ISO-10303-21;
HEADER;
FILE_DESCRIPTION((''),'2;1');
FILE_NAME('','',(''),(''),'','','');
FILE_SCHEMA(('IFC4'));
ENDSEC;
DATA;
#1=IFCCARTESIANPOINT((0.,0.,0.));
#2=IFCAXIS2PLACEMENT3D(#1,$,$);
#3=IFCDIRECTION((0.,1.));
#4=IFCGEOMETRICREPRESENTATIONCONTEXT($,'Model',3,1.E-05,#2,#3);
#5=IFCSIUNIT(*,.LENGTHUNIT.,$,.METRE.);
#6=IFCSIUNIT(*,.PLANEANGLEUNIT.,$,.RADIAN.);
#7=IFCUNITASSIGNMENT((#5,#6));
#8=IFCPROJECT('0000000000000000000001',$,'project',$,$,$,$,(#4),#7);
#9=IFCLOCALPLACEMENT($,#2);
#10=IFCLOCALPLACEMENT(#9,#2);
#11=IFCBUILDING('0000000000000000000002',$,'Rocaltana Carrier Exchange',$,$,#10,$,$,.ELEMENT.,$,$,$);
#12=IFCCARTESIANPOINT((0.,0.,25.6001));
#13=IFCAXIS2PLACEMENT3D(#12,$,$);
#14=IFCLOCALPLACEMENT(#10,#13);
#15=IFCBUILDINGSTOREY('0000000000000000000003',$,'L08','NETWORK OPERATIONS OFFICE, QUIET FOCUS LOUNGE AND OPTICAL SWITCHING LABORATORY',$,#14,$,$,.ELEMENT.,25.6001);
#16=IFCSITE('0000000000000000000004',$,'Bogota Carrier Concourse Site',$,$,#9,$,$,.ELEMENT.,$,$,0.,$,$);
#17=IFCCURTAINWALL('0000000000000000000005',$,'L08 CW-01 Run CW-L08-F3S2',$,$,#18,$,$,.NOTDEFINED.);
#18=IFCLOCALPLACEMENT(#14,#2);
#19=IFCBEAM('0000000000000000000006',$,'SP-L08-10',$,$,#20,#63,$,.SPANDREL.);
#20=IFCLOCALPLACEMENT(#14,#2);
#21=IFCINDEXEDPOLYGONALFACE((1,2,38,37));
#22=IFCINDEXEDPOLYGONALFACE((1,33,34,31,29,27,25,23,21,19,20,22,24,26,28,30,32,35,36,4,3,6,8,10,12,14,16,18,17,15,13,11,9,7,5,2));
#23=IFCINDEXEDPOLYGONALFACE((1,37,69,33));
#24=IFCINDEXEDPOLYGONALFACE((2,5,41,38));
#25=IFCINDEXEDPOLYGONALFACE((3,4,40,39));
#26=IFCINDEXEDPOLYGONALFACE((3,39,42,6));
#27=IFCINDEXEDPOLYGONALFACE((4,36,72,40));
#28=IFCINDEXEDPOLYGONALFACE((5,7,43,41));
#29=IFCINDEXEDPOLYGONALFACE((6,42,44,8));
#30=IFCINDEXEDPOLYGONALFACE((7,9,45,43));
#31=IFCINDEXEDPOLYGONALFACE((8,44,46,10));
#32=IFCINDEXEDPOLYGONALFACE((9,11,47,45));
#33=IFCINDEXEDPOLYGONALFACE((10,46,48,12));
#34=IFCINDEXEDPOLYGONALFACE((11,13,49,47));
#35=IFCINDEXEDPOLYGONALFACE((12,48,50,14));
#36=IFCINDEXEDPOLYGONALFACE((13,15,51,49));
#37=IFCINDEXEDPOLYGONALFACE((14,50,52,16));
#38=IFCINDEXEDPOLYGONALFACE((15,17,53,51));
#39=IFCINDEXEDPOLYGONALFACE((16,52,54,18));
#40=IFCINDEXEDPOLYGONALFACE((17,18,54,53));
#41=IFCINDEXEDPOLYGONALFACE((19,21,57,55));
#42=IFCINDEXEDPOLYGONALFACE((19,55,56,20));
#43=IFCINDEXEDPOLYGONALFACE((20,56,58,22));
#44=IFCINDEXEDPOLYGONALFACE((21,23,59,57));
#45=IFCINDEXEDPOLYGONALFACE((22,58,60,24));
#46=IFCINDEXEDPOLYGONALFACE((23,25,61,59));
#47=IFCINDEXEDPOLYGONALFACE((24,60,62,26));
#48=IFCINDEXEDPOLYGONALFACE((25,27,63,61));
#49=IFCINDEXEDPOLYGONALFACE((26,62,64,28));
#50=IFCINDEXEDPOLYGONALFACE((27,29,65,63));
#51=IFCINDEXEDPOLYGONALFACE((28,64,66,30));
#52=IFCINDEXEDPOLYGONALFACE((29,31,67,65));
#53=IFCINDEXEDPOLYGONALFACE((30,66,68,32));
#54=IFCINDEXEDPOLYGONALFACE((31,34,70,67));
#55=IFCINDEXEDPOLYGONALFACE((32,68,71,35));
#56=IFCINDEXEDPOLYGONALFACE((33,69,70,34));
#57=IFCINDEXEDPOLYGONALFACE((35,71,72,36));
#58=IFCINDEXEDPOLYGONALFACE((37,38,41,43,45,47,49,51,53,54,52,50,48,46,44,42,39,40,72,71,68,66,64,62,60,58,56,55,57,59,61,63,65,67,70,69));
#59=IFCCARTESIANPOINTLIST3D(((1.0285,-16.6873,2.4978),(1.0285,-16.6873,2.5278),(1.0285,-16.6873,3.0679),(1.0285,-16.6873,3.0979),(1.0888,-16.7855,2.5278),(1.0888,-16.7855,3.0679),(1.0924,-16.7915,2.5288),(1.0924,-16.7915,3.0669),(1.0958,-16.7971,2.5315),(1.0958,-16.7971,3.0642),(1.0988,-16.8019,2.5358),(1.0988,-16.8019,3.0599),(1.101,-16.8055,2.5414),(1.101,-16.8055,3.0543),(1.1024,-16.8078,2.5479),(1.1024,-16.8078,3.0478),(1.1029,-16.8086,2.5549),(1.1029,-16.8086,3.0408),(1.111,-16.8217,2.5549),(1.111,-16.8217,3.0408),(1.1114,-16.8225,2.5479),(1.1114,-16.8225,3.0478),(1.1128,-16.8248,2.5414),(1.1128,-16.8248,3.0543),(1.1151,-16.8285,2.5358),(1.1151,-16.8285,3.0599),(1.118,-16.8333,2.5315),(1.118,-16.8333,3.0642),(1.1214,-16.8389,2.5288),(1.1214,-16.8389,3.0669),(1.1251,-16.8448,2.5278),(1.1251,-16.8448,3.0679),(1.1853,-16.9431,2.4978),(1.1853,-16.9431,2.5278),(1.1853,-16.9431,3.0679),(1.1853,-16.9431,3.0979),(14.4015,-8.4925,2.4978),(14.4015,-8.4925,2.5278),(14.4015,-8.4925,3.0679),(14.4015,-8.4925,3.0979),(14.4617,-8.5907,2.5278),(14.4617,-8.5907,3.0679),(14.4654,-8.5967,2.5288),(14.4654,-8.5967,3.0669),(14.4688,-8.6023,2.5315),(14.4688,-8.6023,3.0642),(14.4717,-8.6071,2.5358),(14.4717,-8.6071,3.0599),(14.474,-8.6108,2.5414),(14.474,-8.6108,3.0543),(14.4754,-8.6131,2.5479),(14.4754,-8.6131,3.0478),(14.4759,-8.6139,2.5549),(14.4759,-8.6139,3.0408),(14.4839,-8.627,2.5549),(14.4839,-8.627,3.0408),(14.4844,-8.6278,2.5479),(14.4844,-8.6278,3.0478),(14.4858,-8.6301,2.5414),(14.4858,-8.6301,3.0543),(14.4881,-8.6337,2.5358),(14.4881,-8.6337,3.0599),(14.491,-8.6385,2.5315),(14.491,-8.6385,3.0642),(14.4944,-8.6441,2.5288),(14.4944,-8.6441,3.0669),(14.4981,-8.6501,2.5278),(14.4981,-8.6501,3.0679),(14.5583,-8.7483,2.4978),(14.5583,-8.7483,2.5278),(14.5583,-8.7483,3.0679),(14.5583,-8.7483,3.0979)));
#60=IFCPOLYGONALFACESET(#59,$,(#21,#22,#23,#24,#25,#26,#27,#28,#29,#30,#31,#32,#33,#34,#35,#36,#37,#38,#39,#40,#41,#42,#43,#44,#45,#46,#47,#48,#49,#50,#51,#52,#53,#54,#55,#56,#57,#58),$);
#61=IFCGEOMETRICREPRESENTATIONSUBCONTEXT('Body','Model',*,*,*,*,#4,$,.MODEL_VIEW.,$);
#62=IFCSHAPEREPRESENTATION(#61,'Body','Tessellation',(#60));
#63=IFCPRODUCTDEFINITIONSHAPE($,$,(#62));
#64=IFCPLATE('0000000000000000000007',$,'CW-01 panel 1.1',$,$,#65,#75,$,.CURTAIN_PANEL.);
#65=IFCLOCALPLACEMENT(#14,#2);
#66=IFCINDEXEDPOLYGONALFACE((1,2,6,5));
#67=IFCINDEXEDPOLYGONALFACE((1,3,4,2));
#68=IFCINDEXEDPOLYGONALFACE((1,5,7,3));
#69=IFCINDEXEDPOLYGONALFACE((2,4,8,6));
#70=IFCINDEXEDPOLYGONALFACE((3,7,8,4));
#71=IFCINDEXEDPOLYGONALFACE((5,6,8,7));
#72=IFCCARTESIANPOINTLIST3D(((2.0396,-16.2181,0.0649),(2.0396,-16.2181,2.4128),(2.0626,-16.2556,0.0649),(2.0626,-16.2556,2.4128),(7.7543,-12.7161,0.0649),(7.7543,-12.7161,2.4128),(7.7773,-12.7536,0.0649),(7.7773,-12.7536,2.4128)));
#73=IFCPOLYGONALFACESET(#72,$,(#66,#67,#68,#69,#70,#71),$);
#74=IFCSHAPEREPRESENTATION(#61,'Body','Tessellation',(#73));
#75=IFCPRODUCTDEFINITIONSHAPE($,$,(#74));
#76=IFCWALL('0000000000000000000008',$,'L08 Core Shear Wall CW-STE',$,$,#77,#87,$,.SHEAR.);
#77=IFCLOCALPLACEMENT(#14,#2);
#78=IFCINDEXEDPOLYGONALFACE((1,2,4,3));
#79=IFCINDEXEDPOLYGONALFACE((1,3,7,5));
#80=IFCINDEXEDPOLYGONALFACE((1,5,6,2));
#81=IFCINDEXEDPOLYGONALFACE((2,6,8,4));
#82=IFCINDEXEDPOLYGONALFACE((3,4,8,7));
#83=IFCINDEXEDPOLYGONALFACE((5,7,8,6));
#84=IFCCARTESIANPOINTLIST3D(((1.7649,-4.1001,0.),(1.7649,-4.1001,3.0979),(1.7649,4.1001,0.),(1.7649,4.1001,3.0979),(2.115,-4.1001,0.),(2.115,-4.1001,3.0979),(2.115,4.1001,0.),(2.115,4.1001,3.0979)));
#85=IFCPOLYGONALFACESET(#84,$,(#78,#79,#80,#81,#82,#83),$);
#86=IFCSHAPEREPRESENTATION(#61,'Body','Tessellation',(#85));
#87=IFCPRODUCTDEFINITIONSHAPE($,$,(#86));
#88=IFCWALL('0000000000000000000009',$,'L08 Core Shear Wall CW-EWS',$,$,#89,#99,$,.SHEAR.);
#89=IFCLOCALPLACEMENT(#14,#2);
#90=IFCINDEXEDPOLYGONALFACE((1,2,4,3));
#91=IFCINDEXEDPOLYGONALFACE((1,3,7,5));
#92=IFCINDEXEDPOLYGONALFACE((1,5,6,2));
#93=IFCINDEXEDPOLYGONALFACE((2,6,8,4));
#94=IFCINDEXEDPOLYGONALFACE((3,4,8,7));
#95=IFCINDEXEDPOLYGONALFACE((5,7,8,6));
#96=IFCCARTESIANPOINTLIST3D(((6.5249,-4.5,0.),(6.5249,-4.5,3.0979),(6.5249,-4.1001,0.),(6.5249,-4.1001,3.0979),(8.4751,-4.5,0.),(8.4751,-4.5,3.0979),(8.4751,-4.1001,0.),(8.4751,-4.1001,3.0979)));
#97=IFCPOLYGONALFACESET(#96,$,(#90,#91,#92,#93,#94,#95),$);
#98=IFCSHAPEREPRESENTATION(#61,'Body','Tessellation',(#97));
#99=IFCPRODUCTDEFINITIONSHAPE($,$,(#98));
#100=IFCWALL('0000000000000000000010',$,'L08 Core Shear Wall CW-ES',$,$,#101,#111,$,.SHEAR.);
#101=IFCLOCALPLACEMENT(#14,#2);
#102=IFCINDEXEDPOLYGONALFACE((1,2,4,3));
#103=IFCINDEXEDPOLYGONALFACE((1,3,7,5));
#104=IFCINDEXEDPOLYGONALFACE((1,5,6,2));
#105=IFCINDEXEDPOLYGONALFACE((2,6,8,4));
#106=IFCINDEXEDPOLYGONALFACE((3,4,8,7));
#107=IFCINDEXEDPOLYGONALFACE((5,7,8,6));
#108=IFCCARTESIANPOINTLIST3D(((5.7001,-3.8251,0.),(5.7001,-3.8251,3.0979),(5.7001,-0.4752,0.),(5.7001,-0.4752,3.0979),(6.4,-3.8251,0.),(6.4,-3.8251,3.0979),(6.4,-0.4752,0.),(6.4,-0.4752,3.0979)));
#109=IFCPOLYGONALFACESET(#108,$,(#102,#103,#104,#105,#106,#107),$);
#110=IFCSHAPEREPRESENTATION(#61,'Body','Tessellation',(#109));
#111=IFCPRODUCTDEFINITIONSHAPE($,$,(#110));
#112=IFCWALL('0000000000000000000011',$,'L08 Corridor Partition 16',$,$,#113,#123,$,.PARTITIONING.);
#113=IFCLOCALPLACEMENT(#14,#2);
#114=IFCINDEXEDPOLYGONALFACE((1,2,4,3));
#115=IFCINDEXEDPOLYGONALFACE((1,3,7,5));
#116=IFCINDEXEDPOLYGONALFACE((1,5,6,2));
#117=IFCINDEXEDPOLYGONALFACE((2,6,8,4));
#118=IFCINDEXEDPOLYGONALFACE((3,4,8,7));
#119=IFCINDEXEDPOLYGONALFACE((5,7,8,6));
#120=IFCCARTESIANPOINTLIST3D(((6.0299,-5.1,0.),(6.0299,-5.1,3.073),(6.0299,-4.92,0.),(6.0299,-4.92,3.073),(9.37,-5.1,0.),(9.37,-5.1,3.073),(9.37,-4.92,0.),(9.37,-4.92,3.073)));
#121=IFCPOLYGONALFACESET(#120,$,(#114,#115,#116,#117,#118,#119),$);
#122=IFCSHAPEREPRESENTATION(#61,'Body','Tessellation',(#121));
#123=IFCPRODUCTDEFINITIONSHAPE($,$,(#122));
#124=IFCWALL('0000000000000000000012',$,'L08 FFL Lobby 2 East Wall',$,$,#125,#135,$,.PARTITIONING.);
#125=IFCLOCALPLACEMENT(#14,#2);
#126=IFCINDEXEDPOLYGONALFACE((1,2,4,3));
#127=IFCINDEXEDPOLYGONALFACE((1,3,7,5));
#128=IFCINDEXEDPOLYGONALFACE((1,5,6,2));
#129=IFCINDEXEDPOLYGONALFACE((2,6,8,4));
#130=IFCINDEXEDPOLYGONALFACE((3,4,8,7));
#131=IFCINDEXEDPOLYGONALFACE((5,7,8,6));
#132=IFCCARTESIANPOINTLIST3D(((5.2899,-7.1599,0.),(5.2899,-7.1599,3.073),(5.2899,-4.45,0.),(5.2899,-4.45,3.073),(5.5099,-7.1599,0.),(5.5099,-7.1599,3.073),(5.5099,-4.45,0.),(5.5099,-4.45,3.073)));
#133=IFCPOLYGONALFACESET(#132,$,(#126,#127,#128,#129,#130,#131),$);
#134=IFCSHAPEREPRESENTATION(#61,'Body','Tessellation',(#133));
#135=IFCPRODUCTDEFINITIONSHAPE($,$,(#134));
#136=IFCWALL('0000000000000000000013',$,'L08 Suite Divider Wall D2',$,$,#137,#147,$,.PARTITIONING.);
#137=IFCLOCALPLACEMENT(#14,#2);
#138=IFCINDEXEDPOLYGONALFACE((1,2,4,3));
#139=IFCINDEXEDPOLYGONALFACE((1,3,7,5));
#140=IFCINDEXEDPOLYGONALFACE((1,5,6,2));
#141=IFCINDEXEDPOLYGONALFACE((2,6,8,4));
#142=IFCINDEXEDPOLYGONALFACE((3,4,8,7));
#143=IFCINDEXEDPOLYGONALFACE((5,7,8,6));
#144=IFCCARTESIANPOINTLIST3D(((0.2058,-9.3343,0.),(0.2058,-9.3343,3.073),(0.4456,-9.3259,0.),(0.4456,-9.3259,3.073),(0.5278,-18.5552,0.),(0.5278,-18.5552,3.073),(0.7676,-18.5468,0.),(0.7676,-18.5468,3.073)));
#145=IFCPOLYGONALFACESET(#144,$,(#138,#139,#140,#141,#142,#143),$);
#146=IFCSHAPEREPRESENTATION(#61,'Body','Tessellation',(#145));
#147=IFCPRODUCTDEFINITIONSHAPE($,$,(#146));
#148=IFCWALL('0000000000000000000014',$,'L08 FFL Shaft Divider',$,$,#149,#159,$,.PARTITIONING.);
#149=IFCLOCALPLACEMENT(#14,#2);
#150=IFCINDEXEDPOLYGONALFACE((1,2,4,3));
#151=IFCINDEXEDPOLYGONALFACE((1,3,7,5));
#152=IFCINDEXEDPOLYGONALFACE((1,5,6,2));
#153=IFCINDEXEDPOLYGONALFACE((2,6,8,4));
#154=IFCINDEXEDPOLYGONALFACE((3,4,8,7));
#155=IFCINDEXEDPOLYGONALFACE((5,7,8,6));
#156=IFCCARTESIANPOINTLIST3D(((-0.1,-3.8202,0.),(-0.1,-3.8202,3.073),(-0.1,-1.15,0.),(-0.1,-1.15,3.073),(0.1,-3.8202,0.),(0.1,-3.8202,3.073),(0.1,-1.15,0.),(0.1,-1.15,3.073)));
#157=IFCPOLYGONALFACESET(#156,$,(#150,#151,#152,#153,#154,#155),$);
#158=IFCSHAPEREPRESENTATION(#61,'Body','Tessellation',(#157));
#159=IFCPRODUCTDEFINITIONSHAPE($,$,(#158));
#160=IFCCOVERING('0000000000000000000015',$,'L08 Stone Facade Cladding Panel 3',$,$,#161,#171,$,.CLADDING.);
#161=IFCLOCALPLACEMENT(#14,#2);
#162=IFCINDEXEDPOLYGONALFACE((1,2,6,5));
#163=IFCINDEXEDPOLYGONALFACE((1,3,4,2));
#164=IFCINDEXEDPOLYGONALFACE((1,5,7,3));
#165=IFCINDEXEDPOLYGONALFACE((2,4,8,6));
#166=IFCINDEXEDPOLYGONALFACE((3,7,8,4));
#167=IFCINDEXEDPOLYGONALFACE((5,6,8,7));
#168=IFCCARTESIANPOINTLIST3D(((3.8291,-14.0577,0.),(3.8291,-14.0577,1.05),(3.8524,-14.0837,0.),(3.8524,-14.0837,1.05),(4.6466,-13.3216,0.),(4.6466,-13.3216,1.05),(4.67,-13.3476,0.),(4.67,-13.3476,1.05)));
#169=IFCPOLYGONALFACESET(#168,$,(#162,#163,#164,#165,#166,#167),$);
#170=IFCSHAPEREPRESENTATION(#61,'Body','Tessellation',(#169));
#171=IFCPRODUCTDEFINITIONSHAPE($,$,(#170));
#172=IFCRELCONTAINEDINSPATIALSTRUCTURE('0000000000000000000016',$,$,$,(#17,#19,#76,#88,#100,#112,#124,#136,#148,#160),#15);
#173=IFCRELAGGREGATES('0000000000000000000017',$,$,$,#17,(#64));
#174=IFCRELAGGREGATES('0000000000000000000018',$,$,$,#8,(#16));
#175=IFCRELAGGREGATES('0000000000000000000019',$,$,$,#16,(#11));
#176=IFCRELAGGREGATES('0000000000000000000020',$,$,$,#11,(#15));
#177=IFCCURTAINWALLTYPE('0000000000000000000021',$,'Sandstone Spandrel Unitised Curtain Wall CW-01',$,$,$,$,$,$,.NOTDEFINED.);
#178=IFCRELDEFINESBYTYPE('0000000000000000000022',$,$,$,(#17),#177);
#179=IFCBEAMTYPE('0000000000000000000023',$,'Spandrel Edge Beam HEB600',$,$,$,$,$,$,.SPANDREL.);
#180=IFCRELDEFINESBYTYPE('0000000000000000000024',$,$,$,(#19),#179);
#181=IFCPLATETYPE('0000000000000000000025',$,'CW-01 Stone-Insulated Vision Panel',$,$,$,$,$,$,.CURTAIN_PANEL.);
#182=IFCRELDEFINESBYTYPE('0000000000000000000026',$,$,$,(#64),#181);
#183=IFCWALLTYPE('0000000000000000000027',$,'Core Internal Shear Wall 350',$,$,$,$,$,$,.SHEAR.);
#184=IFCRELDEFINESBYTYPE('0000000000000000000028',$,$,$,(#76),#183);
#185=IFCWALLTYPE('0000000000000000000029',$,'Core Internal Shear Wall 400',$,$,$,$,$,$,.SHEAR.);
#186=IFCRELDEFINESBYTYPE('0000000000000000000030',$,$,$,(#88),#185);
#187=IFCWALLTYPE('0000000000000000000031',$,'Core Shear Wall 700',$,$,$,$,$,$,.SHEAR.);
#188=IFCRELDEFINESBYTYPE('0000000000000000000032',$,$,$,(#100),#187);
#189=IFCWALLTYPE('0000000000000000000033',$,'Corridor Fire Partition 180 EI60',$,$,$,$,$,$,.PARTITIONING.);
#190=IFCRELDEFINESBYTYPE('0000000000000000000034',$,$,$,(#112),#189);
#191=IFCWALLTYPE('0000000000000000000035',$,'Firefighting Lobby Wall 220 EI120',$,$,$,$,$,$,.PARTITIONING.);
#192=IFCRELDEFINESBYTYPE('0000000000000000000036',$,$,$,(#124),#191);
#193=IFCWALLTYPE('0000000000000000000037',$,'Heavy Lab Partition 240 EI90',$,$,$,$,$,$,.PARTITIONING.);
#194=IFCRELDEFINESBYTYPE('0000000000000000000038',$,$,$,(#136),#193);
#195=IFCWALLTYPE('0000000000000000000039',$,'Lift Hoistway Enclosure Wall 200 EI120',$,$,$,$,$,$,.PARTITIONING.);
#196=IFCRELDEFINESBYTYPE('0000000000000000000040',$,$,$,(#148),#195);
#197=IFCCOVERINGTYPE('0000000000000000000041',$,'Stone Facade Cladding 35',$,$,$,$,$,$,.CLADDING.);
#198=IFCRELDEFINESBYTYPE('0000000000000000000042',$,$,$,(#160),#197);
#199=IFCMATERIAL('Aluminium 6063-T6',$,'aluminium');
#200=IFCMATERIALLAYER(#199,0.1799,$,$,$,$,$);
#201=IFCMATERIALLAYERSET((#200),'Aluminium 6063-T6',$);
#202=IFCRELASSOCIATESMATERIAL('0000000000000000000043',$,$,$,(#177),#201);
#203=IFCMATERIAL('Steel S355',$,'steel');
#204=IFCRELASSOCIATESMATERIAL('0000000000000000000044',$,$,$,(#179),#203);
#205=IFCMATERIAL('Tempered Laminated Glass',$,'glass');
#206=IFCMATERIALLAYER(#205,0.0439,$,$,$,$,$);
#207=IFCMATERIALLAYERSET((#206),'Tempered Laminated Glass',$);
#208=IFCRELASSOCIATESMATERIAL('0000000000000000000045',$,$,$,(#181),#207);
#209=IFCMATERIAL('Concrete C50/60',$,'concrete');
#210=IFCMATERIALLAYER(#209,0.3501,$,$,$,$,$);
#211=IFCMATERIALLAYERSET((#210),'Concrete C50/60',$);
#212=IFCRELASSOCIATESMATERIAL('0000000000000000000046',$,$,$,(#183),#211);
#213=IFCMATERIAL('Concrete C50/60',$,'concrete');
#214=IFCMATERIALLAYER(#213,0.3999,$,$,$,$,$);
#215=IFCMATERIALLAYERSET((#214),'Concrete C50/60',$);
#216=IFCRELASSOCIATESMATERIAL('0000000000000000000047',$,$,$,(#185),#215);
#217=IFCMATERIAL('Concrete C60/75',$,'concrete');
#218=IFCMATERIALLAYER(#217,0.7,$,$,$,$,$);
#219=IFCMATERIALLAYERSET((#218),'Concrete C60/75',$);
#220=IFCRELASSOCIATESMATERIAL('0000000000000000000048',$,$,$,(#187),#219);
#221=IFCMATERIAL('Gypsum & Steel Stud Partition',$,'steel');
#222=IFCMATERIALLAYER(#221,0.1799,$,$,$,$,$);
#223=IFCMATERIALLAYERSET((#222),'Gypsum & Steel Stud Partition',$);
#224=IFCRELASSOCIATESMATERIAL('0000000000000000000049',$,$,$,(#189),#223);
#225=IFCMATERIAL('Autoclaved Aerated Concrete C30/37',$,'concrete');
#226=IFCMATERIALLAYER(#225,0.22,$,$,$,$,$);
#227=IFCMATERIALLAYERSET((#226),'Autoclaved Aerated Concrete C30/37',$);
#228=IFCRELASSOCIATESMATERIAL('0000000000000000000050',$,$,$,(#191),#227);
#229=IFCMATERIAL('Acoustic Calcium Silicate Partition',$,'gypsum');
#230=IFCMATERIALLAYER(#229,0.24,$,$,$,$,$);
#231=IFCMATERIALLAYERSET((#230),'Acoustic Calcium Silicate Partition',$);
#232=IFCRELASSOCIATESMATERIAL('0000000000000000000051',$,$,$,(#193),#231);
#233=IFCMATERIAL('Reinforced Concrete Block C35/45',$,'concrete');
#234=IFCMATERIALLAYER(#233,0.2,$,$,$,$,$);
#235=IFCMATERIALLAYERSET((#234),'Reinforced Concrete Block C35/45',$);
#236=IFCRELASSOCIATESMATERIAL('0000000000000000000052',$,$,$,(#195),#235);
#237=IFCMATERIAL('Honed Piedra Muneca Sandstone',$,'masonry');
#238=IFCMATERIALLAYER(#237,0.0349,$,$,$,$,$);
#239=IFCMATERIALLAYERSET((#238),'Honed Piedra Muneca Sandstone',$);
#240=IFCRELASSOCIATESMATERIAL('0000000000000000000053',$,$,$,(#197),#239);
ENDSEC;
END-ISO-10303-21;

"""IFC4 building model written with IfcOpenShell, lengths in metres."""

from ifc_helpers import new_model, si_unit, direction, frame, frame_2d, origin, origin_2d, place, context, subcontext, project, spatial, rectangle, i_section, extrude, material, layer, layer_set, material_profile, profile_set, type_object, element, aggregate, save


model = new_model("IFC4")

# Units and contexts
model_context = context("Model", 3, precision=1e-05, world=origin(), true_north=direction((0.0, 1.0)))
body_context = subcontext(model_context, "Body", "Model", "MODEL_VIEW")
ifc_project = project(units=[si_unit("LENGTHUNIT", "METRE"), si_unit("PLANEANGLEUNIT", "RADIAN")], contexts=[model_context])

# Site, building, storey
site_placement = place(None, origin())
site = spatial("IfcSite", under=ifc_project, at=site_placement, Name="Bogota Carrier Concourse Site", CompositionType="ELEMENT", RefElevation=0.0)
building_placement = place(site_placement, origin())
building = spatial("IfcBuilding", under=site, at=building_placement, Name="Rocaltana Carrier Exchange", CompositionType="ELEMENT")
storey_placement = place(building_placement, frame((0.0, 0.0, 25.6001)))
storey = spatial("IfcBuildingStorey", under=building, at=storey_placement, Name="L08", Description="NETWORK OPERATIONS OFFICE, QUIET FOCUS LOUNGE AND OPTICAL SWITCHING LABORATORY", CompositionType="ELEMENT", Elevation=25.6001)

# Curtain wall
ifc_material_1 = material(Name="Aluminium 6063-T6", Category="aluminium")
ifc_layer_1 = layer(ifc_material_1, 0.1799)
ifc_layer_set_1 = layer_set([ifc_layer_1], Name="Aluminium 6063-T6")
curtain_wall_type = type_object("IfcCurtainWallType", Name="Sandstone Spandrel Unitised Curtain Wall CW-01", PredefinedType="NOTDEFINED", material=ifc_layer_set_1)
curtain_wall_placement = place(storey_placement, origin())
curtain_wall = element("IfcCurtainWall", 1, at=curtain_wall_placement, inside=storey, type_object=curtain_wall_type, Name="L08 CW-01 Run CW-L08-F3S2", PredefinedType="NOTDEFINED")

# Beam
ifc_material_2 = material(Name="Steel S355", Category="steel")
ifc_material_profile_1 = material_profile(ifc_material_2, i_section(OverallWidth=0.3, OverallDepth=0.6001, WebThickness=0.0154, FlangeThickness=0.03, FilletRadius=0.0271, at=origin_2d()), Name="HEB600")
ifc_profile_set_1 = profile_set([ifc_material_profile_1], Name="Steel S355")
beam_type_1 = type_object("IfcBeamType", Name="Spandrel Edge Beam HEB600", PredefinedType="SPANDREL", material=ifc_profile_set_1)
beam_1_placement = place(storey_placement, frame((1.1069, -16.8152, 2.7979), z_axis=(0.852646, 0.52249, 0.0), x_axis=(-0.52249, 0.852646, 0.0)))
element("IfcBeam", 2, at=beam_1_placement, inside=storey, type_object=beam_type_1, Name="SP-L08-10", PredefinedType="SPANDREL", context=body_context, shape_type="SweptSolid", body=[
    extrude(i_section(OverallWidth=0.3, OverallDepth=0.6001, WebThickness=0.0154, FlangeThickness=0.03, FilletRadius=0.0271, at=origin_2d()), origin(), (0.0, 0.0, 1.0), 15.6841),
])

# Plate
ifc_material_3 = material(Name="Tempered Laminated Glass", Category="glass")
ifc_layer_2 = layer(ifc_material_3, 0.0439)
ifc_layer_set_2 = layer_set([ifc_layer_2], Name="Tempered Laminated Glass")
plate_type = type_object("IfcPlateType", Name="CW-01 Stone-Insulated Vision Panel", PredefinedType="CURTAIN_PANEL", material=ifc_layer_set_2)
plate_placement = place(storey_placement, frame((4.9084, -14.4858, 0.0649), z_axis=(0.0, 0.0, 1.0), x_axis=(0.852639, 0.5225, 0.0)))
plate = element("IfcPlate", 3, at=plate_placement, type_object=plate_type, Name="CW-01 panel 1.1", PredefinedType="CURTAIN_PANEL", context=body_context, shape_type="SweptSolid", body=[
    extrude(rectangle(XDim=6.7024, YDim=0.0439, at=origin_2d()), origin(), (0.0, 0.0, 1.0), 2.3479),
])
aggregate(curtain_wall, [plate])

# Walls
ifc_material_4 = material(Name="Concrete C50/60", Category="concrete")
ifc_layer_3 = layer(ifc_material_4, 0.3501)
ifc_layer_set_3 = layer_set([ifc_layer_3], Name="Concrete C50/60")
wall_type_1 = type_object("IfcWallType", Name="Core Internal Shear Wall 350", PredefinedType="SHEAR", material=ifc_layer_set_3)
wall_1_placement = place(storey_placement, frame((1.9399, -4.1001, 0.0), z_axis=(0.0, 0.0, 1.0), x_axis=(0.0, 1.0, 0.0)))
element("IfcWall", 4, at=wall_1_placement, inside=storey, type_object=wall_type_1, Name="L08 Core Shear Wall CW-STE", PredefinedType="SHEAR", context=body_context, shape_type="SweptSolid", body=[
    extrude(rectangle(XDim=8.2002, YDim=0.3501, at=frame_2d((4.1001, 0.0))), origin(), (0.0, 0.0, 1.0), 3.0979),
])
ifc_material_5 = material(Name="Concrete C50/60", Category="concrete")
ifc_layer_4 = layer(ifc_material_5, 0.3999)
ifc_layer_set_4 = layer_set([ifc_layer_4], Name="Concrete C50/60")
wall_type_2 = type_object("IfcWallType", Name="Core Internal Shear Wall 400", PredefinedType="SHEAR", material=ifc_layer_set_4)
wall_2_placement = place(storey_placement, frame((6.5249, -4.3, 0.0), z_axis=(0.0, 0.0, 1.0), x_axis=(1.0, 0.0, 0.0)))
element("IfcWall", 5, at=wall_2_placement, inside=storey, type_object=wall_type_2, Name="L08 Core Shear Wall CW-EWS", PredefinedType="SHEAR", context=body_context, shape_type="SweptSolid", body=[
    extrude(rectangle(XDim=1.9502, YDim=0.3999, at=frame_2d((0.9751, 0.0))), origin(), (0.0, 0.0, 1.0), 3.0979),
])
ifc_material_6 = material(Name="Concrete C60/75", Category="concrete")
ifc_layer_5 = layer(ifc_material_6, 0.7)
ifc_layer_set_5 = layer_set([ifc_layer_5], Name="Concrete C60/75")
wall_type_3 = type_object("IfcWallType", Name="Core Shear Wall 700", PredefinedType="SHEAR", material=ifc_layer_set_5)
wall_3_placement = place(storey_placement, frame((6.05, -3.825, 0.0), z_axis=(0.0, 0.0, 1.0), x_axis=(0.0, 1.0, 0.0)))
element("IfcWall", 6, at=wall_3_placement, inside=storey, type_object=wall_type_3, Name="L08 Core Shear Wall CW-ES", PredefinedType="SHEAR", context=body_context, shape_type="SweptSolid", body=[
    extrude(rectangle(XDim=3.3499, YDim=0.7, at=frame_2d((1.6748, 0.0))), origin(), (0.0, 0.0, 1.0), 3.0979),
])
ifc_material_7 = material(Name="Gypsum & Steel Stud Partition", Category="steel")
ifc_layer_6 = layer(ifc_material_7, 0.1799)
ifc_layer_set_6 = layer_set([ifc_layer_6], Name="Gypsum & Steel Stud Partition")
wall_type_4 = type_object("IfcWallType", Name="Corridor Fire Partition 180 EI60", PredefinedType="PARTITIONING", material=ifc_layer_set_6)
wall_4_placement = place(storey_placement, frame((6.03, -5.01, 0.0), z_axis=(0.0, 0.0, 1.0), x_axis=(1.0, 0.0, 0.0)))
element("IfcWall", 7, at=wall_4_placement, inside=storey, type_object=wall_type_4, Name="L08 Corridor Partition 16", PredefinedType="PARTITIONING", context=body_context, shape_type="SweptSolid", body=[
    extrude(rectangle(XDim=3.3401, YDim=0.1799, at=frame_2d((1.6699, 0.0))), origin(), (0.0, 0.0, 1.0), 3.073),
])
ifc_material_8 = material(Name="Autoclaved Aerated Concrete C30/37", Category="concrete")
ifc_layer_7 = layer(ifc_material_8, 0.22)
ifc_layer_set_7 = layer_set([ifc_layer_7], Name="Autoclaved Aerated Concrete C30/37")
wall_type_5 = type_object("IfcWallType", Name="Firefighting Lobby Wall 220 EI120", PredefinedType="PARTITIONING", material=ifc_layer_set_7)
wall_5_placement = place(storey_placement, frame((5.3999, -7.1599, 0.0), z_axis=(0.0, 0.0, 1.0), x_axis=(0.0, 1.0, 0.0)))
element("IfcWall", 8, at=wall_5_placement, inside=storey, type_object=wall_type_5, Name="L08 FFL Lobby 2 East Wall", PredefinedType="PARTITIONING", context=body_context, shape_type="SweptSolid", body=[
    extrude(rectangle(XDim=2.71, YDim=0.22, at=frame_2d((1.355, 0.0))), origin(), (0.0, 0.0, 1.0), 3.073),
])
ifc_material_9 = material(Name="Acoustic Calcium Silicate Partition", Category="gypsum")
ifc_layer_8 = layer(ifc_material_9, 0.24)
ifc_layer_set_8 = layer_set([ifc_layer_8], Name="Acoustic Calcium Silicate Partition")
wall_type_6 = type_object("IfcWallType", Name="Heavy Lab Partition 240 EI90", PredefinedType="PARTITIONING", material=ifc_layer_set_8)
wall_6_placement = place(storey_placement, frame((0.3257, -9.3301, 0.0), z_axis=(0.0, 0.0, 1.0), x_axis=(0.034902, -0.999391, 0.0)))
element("IfcWall", 9, at=wall_6_placement, inside=storey, type_object=wall_type_6, Name="L08 Suite Divider Wall D2", PredefinedType="PARTITIONING", context=body_context, shape_type="SweptSolid", body=[
    extrude(rectangle(XDim=9.2266, YDim=0.24, at=frame_2d((4.6133, 0.0))), origin(), (0.0, 0.0, 1.0), 3.073),
])
ifc_material_10 = material(Name="Reinforced Concrete Block C35/45", Category="concrete")
ifc_layer_9 = layer(ifc_material_10, 0.2)
ifc_layer_set_9 = layer_set([ifc_layer_9], Name="Reinforced Concrete Block C35/45")
wall_type_7 = type_object("IfcWallType", Name="Lift Hoistway Enclosure Wall 200 EI120", PredefinedType="PARTITIONING", material=ifc_layer_set_9)
wall_7_placement = place(storey_placement, frame((0.0, -3.8201, 0.0), z_axis=(0.0, 0.0, 1.0), x_axis=(0.0, 1.0, 0.0)))
element("IfcWall", 10, at=wall_7_placement, inside=storey, type_object=wall_type_7, Name="L08 FFL Shaft Divider", PredefinedType="PARTITIONING", context=body_context, shape_type="SweptSolid", body=[
    extrude(rectangle(XDim=2.6702, YDim=0.2, at=frame_2d((1.335, 0.0))), origin(), (0.0, 0.0, 1.0), 3.073),
])

# Covering
ifc_material_11 = material(Name="Honed Piedra Muneca Sandstone", Category="masonry")
ifc_layer_10 = layer(ifc_material_11, 0.0349)
ifc_layer_set_10 = layer_set([ifc_layer_10], Name="Honed Piedra Muneca Sandstone")
covering_type = type_object("IfcCoveringType", Name="Stone Facade Cladding 35", PredefinedType="CLADDING", material=ifc_layer_set_10)
covering_placement = place(storey_placement, frame((4.2495, -13.7026, 0.0), z_axis=(0.0, 0.0, 1.0), x_axis=(0.743145, 0.669131, 0.0)))
element("IfcCovering", 11, at=covering_placement, inside=storey, type_object=covering_type, Name="L08 Stone Facade Cladding Panel 3", PredefinedType="CLADDING", context=body_context, shape_type="SweptSolid", body=[
    extrude(rectangle(XDim=1.1001, YDim=0.0349, at=origin_2d()), origin(), (0.0, 0.0, 1.0), 1.05),
])

save(model, "model.ifc")
